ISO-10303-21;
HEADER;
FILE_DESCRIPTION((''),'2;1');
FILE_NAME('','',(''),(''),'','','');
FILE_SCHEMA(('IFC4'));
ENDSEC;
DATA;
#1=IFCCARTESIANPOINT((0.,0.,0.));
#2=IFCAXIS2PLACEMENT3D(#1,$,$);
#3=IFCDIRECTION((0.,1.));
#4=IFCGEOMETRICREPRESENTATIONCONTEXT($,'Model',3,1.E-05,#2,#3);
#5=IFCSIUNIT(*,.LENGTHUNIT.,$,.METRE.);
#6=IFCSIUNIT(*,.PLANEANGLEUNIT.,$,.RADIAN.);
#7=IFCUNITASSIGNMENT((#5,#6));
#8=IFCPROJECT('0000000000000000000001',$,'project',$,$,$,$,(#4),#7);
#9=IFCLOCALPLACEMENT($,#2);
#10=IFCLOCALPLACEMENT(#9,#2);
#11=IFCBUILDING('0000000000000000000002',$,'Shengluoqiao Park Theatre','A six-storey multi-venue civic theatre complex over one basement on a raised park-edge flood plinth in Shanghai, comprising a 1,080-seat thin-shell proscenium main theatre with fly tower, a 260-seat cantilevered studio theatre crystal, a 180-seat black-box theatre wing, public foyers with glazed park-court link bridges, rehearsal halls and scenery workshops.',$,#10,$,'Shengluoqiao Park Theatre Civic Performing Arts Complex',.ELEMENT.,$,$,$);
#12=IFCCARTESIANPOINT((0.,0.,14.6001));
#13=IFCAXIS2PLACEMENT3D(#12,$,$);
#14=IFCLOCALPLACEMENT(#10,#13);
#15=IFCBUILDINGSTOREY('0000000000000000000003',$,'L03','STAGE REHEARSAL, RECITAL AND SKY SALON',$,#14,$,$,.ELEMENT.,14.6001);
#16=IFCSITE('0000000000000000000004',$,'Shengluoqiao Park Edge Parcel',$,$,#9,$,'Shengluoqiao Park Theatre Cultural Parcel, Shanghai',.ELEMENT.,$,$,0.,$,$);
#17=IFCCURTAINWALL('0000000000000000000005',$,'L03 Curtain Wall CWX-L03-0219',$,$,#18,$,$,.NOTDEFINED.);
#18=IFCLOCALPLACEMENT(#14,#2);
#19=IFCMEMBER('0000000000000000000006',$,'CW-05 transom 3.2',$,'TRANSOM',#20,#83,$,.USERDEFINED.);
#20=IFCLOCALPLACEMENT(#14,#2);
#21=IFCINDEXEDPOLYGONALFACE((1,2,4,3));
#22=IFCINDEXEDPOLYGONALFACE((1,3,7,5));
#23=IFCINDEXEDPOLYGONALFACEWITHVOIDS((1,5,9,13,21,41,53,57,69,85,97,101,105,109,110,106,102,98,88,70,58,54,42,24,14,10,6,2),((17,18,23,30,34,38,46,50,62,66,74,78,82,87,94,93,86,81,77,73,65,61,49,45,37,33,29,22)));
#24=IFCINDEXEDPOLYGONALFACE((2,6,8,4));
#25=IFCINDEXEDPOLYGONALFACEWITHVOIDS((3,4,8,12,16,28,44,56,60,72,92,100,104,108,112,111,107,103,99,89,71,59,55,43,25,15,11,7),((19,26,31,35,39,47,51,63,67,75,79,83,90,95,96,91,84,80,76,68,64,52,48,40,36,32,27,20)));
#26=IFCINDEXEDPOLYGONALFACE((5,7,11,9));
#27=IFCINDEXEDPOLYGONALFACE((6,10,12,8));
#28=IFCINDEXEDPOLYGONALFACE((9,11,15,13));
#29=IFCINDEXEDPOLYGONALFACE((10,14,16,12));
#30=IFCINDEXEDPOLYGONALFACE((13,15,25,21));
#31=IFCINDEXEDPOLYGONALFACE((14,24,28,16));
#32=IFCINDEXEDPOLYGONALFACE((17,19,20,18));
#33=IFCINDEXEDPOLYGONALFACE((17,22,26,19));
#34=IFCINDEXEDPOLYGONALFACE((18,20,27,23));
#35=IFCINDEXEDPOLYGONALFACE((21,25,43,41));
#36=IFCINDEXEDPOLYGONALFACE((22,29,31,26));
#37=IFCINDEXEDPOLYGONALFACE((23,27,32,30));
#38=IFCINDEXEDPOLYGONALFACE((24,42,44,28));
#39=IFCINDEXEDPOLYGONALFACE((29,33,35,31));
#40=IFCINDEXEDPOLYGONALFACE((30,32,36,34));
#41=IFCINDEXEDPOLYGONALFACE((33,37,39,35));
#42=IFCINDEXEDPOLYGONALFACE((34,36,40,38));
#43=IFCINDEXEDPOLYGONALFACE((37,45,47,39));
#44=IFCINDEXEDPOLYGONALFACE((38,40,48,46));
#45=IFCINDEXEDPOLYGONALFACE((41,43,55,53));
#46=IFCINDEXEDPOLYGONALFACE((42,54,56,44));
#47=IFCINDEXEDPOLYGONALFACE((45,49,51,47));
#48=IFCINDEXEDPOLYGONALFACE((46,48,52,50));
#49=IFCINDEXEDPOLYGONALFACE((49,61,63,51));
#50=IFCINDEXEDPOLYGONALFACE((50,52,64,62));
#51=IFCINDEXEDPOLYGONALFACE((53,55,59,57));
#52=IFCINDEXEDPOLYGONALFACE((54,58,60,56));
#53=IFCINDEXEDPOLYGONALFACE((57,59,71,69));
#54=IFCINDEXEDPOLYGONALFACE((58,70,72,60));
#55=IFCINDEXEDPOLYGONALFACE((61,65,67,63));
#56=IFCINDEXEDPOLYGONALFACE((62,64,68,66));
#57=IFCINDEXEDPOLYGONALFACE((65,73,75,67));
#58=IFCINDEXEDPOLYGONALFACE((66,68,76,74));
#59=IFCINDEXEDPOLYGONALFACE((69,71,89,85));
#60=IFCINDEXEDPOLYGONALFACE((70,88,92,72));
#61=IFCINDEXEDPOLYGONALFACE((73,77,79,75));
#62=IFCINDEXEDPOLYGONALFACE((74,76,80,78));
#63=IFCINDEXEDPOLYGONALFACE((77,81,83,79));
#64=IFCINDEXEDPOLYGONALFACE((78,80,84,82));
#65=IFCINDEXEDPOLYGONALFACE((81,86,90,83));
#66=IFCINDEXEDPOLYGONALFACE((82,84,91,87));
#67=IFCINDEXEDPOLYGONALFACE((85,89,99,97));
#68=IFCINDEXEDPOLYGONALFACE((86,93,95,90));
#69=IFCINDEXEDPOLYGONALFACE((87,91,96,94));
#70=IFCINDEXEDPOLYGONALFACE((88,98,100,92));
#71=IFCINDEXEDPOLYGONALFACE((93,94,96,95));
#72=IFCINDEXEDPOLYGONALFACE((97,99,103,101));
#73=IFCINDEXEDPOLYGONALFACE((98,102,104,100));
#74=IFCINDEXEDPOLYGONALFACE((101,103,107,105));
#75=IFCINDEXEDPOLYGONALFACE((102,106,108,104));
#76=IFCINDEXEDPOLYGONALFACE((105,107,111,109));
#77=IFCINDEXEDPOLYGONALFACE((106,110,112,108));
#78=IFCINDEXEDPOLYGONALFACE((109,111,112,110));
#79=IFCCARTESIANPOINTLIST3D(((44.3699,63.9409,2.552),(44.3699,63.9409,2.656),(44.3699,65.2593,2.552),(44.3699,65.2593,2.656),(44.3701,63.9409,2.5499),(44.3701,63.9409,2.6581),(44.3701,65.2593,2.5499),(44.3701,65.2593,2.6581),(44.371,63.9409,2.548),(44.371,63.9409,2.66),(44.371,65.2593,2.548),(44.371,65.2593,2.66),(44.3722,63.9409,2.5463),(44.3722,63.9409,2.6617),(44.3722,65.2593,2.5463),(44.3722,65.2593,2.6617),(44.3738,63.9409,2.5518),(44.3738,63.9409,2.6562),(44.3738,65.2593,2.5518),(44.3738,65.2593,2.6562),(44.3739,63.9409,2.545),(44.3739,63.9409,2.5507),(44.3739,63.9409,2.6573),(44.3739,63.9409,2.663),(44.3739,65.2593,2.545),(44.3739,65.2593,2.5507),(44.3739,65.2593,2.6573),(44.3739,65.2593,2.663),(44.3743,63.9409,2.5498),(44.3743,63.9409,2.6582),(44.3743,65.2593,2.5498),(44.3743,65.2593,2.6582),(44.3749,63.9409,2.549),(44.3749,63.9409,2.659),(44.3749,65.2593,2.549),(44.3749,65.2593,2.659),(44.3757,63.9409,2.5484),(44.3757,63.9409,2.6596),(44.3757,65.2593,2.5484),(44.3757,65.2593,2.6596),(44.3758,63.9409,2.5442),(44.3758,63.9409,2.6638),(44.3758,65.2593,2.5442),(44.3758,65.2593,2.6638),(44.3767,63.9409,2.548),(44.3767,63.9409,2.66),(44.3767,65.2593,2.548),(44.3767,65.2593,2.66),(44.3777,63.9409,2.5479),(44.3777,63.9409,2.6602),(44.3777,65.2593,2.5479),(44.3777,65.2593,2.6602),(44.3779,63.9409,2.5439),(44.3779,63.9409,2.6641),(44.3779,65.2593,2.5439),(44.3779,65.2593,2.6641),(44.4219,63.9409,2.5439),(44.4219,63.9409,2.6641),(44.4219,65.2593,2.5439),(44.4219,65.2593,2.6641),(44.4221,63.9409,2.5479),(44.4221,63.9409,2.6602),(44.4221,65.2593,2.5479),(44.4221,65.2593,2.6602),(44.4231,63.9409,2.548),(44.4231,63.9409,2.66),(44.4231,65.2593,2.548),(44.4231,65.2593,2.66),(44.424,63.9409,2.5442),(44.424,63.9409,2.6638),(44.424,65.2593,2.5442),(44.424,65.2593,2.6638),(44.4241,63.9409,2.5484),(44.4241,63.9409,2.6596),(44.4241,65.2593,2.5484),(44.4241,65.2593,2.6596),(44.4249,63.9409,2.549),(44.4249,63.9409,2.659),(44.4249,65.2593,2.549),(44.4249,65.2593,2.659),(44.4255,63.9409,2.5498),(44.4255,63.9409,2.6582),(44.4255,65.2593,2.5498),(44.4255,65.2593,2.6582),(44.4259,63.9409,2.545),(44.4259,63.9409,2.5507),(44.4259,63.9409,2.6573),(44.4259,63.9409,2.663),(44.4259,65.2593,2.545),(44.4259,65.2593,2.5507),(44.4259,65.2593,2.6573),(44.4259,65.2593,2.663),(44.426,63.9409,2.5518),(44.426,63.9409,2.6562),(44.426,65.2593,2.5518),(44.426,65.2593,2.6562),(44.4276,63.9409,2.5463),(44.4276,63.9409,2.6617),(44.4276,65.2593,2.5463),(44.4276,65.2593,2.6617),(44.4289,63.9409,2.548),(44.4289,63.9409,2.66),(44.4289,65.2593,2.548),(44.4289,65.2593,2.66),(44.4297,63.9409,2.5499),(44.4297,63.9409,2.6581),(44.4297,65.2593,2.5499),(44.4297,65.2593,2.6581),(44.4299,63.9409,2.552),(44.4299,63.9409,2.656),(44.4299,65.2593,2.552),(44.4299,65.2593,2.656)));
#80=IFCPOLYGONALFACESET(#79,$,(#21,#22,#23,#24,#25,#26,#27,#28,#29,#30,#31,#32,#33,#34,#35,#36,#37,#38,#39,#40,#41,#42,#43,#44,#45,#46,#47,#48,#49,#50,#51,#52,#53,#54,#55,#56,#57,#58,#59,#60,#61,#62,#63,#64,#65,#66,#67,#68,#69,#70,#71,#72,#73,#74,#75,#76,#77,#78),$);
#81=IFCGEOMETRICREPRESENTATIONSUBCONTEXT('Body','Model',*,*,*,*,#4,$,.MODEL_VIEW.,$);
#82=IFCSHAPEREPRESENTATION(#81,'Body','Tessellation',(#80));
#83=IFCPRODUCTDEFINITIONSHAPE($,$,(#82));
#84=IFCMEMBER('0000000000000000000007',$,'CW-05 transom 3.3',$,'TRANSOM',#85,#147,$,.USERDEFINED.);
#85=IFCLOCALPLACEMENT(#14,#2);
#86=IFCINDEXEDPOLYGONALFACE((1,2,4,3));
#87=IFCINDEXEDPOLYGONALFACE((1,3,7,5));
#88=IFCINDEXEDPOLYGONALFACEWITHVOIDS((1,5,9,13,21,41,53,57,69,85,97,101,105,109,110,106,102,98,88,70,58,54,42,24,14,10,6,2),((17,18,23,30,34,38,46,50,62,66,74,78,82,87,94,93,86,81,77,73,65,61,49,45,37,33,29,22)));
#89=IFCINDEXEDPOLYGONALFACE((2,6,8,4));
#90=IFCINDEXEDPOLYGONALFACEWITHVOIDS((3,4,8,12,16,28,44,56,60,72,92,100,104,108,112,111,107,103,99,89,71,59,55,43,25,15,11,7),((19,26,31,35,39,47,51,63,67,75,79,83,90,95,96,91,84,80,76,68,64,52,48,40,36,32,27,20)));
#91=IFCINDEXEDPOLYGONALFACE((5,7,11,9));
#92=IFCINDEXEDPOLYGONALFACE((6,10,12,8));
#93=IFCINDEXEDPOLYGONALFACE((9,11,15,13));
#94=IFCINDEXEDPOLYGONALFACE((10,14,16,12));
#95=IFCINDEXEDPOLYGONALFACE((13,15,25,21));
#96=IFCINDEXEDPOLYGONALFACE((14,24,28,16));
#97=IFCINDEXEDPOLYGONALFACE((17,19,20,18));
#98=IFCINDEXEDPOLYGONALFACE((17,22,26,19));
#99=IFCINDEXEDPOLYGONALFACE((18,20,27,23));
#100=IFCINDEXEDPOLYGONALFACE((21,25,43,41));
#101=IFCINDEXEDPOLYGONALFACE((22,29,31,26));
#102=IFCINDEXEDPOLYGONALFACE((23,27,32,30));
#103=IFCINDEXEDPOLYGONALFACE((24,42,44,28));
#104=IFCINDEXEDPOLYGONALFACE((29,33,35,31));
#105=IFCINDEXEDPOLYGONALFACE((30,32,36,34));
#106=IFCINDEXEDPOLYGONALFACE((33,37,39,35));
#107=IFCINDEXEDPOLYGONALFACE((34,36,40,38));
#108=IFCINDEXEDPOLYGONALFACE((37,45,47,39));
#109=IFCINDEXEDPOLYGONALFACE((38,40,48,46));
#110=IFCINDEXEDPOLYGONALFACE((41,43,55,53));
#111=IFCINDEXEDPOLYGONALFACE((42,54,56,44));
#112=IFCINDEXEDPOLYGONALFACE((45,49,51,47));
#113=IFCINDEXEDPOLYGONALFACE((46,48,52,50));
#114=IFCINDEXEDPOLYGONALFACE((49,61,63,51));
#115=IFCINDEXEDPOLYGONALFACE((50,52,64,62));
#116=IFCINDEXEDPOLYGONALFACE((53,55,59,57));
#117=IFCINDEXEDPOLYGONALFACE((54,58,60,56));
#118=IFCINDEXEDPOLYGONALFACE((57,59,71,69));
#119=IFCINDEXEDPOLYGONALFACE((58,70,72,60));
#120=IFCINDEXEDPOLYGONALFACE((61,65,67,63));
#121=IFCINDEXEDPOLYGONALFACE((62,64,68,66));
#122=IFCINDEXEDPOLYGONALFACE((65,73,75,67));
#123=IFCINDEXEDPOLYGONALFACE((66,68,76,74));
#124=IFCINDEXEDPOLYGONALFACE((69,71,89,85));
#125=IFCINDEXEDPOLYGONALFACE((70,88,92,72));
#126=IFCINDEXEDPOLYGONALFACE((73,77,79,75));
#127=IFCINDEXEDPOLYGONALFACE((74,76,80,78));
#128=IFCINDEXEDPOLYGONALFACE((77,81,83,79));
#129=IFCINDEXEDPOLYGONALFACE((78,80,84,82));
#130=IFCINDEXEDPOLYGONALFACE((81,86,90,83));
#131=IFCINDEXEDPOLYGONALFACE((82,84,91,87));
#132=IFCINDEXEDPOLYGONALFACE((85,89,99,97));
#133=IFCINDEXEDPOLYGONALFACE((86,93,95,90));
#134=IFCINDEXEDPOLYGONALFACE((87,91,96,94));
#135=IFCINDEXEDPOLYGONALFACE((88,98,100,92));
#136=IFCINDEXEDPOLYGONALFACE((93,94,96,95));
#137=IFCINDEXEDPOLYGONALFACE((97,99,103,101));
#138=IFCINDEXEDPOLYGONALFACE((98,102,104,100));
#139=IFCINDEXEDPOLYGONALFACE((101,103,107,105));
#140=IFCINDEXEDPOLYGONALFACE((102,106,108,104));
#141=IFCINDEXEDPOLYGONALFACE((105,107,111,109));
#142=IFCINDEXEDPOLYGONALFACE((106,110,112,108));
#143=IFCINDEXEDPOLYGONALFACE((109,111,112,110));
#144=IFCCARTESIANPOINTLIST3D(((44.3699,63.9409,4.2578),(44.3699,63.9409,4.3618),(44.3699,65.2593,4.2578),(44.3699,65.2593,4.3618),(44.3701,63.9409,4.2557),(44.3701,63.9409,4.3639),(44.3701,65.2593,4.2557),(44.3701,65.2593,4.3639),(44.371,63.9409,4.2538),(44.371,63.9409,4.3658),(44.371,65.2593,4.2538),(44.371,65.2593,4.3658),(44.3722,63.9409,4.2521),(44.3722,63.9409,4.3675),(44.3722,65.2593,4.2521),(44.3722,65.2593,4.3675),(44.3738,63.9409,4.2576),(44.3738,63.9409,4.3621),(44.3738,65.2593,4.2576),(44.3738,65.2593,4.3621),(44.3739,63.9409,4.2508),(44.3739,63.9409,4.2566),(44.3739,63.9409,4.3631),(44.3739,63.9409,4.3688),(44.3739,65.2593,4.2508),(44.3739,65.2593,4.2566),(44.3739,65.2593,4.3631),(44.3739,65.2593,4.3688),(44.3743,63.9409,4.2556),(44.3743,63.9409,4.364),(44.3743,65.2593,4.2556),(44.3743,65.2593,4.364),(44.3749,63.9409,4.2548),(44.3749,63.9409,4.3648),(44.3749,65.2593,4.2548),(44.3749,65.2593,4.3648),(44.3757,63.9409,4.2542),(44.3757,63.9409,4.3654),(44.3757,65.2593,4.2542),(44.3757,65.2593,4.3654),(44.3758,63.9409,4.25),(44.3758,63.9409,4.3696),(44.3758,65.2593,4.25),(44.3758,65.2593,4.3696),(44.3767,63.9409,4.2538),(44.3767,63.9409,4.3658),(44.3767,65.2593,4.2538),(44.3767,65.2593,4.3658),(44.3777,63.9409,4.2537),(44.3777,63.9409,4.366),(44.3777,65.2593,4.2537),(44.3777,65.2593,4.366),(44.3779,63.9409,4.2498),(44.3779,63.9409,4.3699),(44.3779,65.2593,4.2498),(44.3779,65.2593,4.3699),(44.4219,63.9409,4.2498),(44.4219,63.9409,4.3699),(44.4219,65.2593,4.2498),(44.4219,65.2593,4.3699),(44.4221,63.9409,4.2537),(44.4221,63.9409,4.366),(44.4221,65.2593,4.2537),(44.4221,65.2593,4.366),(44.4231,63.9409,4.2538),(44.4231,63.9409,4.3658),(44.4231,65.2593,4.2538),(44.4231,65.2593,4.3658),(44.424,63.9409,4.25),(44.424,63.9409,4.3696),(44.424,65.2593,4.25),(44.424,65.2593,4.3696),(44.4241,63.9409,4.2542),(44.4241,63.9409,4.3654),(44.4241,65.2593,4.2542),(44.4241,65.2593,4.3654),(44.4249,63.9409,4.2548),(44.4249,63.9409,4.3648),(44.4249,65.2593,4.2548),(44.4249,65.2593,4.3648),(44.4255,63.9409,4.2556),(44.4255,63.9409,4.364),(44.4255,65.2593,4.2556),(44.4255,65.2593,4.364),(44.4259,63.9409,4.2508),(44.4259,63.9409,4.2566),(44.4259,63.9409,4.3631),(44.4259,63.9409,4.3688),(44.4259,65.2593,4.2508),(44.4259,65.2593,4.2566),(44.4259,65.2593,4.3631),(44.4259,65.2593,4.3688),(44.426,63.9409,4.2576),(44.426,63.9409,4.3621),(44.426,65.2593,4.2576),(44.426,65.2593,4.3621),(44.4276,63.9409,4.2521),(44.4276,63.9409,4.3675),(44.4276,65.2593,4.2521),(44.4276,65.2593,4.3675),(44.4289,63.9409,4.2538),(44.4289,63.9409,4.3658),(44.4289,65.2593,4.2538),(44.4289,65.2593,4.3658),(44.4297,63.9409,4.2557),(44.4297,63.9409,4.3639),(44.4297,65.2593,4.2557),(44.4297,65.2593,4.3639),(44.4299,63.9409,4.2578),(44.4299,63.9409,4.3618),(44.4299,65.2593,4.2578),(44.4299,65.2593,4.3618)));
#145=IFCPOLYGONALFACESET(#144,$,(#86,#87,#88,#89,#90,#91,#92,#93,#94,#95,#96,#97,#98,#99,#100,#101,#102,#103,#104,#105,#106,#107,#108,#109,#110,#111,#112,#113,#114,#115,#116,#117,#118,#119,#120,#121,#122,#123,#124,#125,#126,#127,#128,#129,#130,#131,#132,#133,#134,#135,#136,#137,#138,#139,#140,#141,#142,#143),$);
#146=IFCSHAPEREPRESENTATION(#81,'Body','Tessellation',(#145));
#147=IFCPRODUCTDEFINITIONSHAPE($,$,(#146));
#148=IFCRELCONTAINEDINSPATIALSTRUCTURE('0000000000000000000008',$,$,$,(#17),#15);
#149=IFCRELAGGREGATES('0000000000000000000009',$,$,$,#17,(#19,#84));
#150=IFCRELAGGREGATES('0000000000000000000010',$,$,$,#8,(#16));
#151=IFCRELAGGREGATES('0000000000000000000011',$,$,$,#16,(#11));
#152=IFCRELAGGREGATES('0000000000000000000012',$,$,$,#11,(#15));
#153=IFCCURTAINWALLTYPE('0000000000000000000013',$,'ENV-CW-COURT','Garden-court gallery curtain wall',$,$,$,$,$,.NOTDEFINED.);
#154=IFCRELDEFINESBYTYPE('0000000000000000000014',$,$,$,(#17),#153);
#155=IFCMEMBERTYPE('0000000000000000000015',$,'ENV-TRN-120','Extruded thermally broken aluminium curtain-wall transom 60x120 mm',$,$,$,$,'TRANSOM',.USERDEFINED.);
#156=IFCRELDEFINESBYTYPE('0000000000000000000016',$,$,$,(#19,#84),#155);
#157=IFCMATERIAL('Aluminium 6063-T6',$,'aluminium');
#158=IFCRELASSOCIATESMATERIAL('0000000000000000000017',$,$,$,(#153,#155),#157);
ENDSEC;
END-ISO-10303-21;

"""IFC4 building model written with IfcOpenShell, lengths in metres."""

from ifc_helpers import new_model, si_unit, direction, frame, origin, origin_2d, place, context, subcontext, project, spatial, hollow_rectangle, extrude, material, material_profile, profile_set, type_object, element, aggregate, save


model = new_model("IFC4")

# Units and contexts
model_context = context("Model", 3, precision=1e-05, world=origin(), true_north=direction((0.0, 1.0)))
body_context = subcontext(model_context, "Body", "Model", "MODEL_VIEW")
ifc_project = project(units=[si_unit("LENGTHUNIT", "METRE"), si_unit("PLANEANGLEUNIT", "RADIAN")], contexts=[model_context])

# Site, building, storey
site_placement = place(None, origin())
site = spatial("IfcSite", under=ifc_project, at=site_placement, Name="Shengluoqiao Park Edge Parcel", LongName="Shengluoqiao Park Theatre Cultural Parcel, Shanghai", CompositionType="ELEMENT", RefElevation=0.0)
building_placement = place(site_placement, origin())
building = spatial("IfcBuilding", under=site, at=building_placement, Name="Shengluoqiao Park Theatre", Description="A six-storey multi-venue civic theatre complex over one basement on a raised park-edge flood plinth in Shanghai, comprising a 1,080-seat thin-shell proscenium main theatre with fly tower, a 260-seat cantilevered studio theatre crystal, a 180-seat black-box theatre wing, public foyers with glazed park-court link bridges, rehearsal halls and scenery workshops.", LongName="Shengluoqiao Park Theatre Civic Performing Arts Complex", CompositionType="ELEMENT")
storey_placement = place(building_placement, frame((0.0, 0.0, 14.6001)))
storey = spatial("IfcBuildingStorey", under=building, at=storey_placement, Name="L03", Description="STAGE REHEARSAL, RECITAL AND SKY SALON", CompositionType="ELEMENT", Elevation=14.6001)

# Curtain wall
ifc_material_1 = material(Name="Aluminium 6063-T6", Category="aluminium")
curtain_wall_type_1 = type_object("IfcCurtainWallType", Name="ENV-CW-COURT", Description="Garden-court gallery curtain wall", PredefinedType="NOTDEFINED", material=ifc_material_1)
curtain_wall_1_placement = place(storey_placement, origin())
curtain_wall_1 = element("IfcCurtainWall", 1, at=curtain_wall_1_placement, inside=storey, type_object=curtain_wall_type_1, Name="L03 Curtain Wall CWX-L03-0219", PredefinedType="NOTDEFINED")

# Members
ifc_material_profile_1 = material_profile(ifc_material_1, hollow_rectangle(XDim=0.0601, YDim=0.1201, WallThickness=0.0039, InnerFilletRadius=0.0039, OuterFilletRadius=0.0081, at=origin_2d()), Name="ALU TRANSOM 120x60x4")
ifc_profile_set_1 = profile_set([ifc_material_profile_1], Name="Aluminium 6063-T6")
member_type_1 = type_object("IfcMemberType", Name="ENV-TRN-120", Description="Extruded thermally broken aluminium curtain-wall transom 60x120 mm", ElementType="TRANSOM", PredefinedType="USERDEFINED", material=ifc_profile_set_1)
member_1_placement = place(storey_placement, frame((44.3999, 63.9409, 2.604), z_axis=(0.0, 1.0, 0.0), x_axis=(-1.0, 0.0, 0.0)))
member_1 = element("IfcMember", 2, at=member_1_placement, type_object=member_type_1, Name="CW-05 transom 3.2", ObjectType="TRANSOM", PredefinedType="USERDEFINED", context=body_context, shape_type="SweptSolid", body=[
    extrude(hollow_rectangle(XDim=0.0601, YDim=0.1201, WallThickness=0.0039, InnerFilletRadius=0.0039, OuterFilletRadius=0.0081, at=origin_2d()), origin(), (0.0, 0.0, 1.0), 1.3184),
])
member_2_placement = place(storey_placement, frame((44.3999, 63.9409, 4.3098), z_axis=(0.0, 1.0, 0.0), x_axis=(-1.0, 0.0, 0.0)))
member_2 = element("IfcMember", 3, at=member_2_placement, type_object=member_type_1, Name="CW-05 transom 3.3", ObjectType="TRANSOM", PredefinedType="USERDEFINED", context=body_context, shape_type="SweptSolid", body=[
    extrude(hollow_rectangle(XDim=0.0601, YDim=0.1201, WallThickness=0.0039, InnerFilletRadius=0.0039, OuterFilletRadius=0.0081, at=origin_2d()), origin(), (0.0, 0.0, 1.0), 1.3184),
])

aggregate(curtain_wall_1, [member_1, member_2])

save(model, "model.ifc")
